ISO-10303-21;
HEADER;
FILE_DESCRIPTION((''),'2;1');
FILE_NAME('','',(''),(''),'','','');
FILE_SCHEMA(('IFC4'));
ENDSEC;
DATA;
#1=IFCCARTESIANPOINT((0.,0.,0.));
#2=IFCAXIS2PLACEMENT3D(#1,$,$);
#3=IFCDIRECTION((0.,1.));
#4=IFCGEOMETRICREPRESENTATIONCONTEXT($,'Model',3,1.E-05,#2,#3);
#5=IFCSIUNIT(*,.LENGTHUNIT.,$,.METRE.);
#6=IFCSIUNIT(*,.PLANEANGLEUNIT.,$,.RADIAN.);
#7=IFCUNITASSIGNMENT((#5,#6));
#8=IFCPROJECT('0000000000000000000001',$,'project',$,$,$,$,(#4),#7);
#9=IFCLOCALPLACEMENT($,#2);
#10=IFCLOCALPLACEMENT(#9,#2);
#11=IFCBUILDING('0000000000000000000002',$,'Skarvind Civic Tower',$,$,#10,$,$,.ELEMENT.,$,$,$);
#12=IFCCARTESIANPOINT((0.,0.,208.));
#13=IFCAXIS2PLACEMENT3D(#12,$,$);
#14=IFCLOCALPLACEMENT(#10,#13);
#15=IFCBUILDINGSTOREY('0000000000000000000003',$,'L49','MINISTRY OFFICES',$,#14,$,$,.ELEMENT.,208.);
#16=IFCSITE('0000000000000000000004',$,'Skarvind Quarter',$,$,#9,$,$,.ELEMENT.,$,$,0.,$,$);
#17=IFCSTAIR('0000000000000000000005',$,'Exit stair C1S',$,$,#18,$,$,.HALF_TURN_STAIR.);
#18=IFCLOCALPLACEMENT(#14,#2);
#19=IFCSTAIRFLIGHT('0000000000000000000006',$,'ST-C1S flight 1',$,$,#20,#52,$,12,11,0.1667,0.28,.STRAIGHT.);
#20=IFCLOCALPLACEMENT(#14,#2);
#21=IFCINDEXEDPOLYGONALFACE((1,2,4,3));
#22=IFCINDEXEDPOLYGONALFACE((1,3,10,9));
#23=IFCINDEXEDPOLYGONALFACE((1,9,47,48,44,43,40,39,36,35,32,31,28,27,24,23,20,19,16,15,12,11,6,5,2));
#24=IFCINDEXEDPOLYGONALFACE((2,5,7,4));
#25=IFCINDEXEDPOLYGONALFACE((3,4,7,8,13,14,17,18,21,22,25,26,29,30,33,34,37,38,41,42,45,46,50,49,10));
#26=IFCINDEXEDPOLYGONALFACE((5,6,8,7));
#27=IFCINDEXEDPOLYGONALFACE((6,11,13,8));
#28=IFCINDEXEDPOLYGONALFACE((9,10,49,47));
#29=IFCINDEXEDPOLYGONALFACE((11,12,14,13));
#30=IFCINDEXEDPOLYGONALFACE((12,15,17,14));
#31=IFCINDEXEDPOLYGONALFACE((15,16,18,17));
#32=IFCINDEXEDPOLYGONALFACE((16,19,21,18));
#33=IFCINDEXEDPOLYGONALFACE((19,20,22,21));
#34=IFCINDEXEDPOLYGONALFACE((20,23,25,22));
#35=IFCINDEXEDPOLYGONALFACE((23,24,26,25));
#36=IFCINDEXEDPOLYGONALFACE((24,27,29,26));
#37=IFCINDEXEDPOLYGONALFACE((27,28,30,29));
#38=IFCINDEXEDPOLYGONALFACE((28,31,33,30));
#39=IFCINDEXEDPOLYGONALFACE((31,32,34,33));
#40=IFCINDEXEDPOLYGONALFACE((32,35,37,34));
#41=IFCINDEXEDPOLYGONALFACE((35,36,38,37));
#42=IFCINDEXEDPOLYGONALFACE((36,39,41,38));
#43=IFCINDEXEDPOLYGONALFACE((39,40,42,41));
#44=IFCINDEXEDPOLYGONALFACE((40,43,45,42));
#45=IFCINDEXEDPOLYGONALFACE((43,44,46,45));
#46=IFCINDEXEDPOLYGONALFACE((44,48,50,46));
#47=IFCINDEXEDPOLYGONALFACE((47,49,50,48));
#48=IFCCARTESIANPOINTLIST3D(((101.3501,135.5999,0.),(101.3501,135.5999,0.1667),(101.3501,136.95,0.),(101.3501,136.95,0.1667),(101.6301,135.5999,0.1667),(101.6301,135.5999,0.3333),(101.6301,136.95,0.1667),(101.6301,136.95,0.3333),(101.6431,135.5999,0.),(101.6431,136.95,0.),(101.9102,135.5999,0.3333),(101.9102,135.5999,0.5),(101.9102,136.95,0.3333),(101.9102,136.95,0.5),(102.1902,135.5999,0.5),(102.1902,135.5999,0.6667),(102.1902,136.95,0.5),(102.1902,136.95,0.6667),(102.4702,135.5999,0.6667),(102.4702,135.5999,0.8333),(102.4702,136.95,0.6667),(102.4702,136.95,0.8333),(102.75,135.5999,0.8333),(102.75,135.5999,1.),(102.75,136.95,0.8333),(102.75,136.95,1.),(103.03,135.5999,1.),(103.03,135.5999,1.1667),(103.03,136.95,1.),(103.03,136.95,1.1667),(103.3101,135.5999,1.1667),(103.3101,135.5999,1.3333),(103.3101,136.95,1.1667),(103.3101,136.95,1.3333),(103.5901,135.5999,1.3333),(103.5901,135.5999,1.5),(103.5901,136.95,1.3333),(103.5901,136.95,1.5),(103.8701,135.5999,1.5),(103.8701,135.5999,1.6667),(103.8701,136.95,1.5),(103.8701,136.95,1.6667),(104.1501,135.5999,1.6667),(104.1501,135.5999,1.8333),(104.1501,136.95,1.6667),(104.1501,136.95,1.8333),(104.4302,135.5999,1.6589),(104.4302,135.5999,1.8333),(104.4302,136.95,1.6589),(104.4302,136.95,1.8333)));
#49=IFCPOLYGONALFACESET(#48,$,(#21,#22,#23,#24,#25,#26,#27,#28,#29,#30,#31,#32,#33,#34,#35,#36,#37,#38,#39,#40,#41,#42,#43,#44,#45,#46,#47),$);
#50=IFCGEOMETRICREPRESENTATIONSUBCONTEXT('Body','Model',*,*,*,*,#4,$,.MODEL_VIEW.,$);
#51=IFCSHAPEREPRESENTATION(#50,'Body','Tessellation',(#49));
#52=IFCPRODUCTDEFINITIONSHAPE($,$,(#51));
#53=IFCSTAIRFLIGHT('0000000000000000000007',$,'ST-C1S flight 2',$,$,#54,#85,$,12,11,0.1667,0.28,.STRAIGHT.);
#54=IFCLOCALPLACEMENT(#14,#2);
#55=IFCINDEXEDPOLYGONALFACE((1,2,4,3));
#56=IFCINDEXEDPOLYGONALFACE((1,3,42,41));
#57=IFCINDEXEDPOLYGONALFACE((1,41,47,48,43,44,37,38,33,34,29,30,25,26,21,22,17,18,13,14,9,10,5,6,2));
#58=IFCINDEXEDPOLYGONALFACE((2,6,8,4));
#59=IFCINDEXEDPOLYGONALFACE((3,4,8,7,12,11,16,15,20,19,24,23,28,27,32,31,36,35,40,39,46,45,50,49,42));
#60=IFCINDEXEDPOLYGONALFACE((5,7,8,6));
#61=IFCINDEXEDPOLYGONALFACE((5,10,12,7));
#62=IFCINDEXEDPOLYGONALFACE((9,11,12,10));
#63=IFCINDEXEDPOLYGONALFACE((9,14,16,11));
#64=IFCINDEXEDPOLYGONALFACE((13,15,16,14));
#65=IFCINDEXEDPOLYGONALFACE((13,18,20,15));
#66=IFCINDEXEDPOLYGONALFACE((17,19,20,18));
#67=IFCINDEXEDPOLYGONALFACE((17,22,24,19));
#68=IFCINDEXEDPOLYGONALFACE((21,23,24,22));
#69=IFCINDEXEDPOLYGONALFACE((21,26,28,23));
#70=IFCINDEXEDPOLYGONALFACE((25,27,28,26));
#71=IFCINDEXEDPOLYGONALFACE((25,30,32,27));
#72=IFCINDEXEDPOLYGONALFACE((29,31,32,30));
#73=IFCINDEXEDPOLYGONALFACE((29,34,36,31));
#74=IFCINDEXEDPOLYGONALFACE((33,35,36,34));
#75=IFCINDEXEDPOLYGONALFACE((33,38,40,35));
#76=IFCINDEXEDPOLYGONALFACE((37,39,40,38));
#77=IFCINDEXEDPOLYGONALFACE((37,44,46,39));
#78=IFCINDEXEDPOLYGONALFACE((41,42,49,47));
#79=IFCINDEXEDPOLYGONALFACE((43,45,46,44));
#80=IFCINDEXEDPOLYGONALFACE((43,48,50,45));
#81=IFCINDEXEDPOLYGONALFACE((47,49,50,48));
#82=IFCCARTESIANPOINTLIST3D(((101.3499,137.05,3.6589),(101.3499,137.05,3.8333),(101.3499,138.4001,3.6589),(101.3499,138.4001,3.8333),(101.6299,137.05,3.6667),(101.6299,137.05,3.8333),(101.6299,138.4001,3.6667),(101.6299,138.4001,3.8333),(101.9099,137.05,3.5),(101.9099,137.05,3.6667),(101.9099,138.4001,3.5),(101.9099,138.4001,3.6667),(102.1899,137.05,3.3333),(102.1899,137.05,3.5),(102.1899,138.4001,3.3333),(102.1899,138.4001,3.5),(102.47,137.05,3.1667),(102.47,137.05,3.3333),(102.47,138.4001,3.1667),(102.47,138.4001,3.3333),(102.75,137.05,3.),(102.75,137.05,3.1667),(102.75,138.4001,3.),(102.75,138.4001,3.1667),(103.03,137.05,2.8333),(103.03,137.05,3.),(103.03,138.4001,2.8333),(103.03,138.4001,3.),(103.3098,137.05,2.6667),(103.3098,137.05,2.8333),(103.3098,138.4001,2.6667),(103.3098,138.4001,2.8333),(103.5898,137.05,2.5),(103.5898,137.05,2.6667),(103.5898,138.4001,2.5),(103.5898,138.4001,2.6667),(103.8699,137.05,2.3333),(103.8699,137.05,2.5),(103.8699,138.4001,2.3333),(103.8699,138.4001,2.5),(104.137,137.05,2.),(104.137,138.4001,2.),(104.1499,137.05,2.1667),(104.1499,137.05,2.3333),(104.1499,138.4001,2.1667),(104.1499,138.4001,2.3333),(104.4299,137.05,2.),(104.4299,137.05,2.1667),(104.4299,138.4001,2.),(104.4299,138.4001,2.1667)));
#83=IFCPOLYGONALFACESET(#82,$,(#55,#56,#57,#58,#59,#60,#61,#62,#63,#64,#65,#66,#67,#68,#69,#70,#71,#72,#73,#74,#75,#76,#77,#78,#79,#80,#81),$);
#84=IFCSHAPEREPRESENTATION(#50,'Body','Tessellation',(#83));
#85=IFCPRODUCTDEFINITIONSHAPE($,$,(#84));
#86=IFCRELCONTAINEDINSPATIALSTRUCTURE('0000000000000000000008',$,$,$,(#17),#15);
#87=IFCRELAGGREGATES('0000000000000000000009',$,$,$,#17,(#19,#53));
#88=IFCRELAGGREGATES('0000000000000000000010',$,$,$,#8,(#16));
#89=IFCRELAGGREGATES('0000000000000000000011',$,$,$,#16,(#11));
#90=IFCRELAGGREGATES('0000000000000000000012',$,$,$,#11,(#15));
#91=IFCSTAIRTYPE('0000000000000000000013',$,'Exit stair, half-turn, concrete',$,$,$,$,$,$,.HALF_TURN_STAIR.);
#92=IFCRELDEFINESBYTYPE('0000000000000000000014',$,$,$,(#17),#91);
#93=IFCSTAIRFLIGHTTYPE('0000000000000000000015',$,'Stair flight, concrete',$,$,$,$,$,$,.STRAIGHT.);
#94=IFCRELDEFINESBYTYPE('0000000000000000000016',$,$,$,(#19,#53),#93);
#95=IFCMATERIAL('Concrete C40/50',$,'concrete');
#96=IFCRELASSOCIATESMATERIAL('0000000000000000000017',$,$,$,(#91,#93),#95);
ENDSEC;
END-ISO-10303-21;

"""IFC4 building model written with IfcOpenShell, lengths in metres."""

from ifc_helpers import new_model, si_unit, direction, frame, origin, place, context, subcontext, project, spatial, polyline, outline, extrude, material, type_object, element, aggregate, save


model = new_model("IFC4")

# Units and contexts
model_context = context("Model", 3, precision=1e-05, world=origin(), true_north=direction((0.0, 1.0)))
body_context = subcontext(model_context, "Body", "Model", "MODEL_VIEW")
ifc_project = project(units=[si_unit("LENGTHUNIT", "METRE"), si_unit("PLANEANGLEUNIT", "RADIAN")], contexts=[model_context])

# Site, building, storey
site_placement = place(None, origin())
site = spatial("IfcSite", under=ifc_project, at=site_placement, Name="Skarvind Quarter", CompositionType="ELEMENT", RefElevation=0.0)
building_placement = place(site_placement, origin())
building = spatial("IfcBuilding", under=site, at=building_placement, Name="Skarvind Civic Tower", CompositionType="ELEMENT")
storey_placement = place(building_placement, frame((0.0, 0.0, 208.0)))
storey = spatial("IfcBuildingStorey", under=building, at=storey_placement, Name="L49", Description="MINISTRY OFFICES", CompositionType="ELEMENT", Elevation=208.0)

# Stair, stair flights
ifc_material_1 = material(Name="Concrete C40/50", Category="concrete")
stair_type = type_object("IfcStairType", Name="Exit stair, half-turn, concrete", PredefinedType="HALF_TURN_STAIR", material=ifc_material_1)
stair_placement = place(storey_placement, origin())
stair = element("IfcStair", 1, at=stair_placement, inside=storey, type_object=stair_type, Name="Exit stair C1S", PredefinedType="HALF_TURN_STAIR")
stair_flight_type = type_object("IfcStairFlightType", Name="Stair flight, concrete", PredefinedType="STRAIGHT", material=ifc_material_1)
stair_flight_1_placement = place(storey_placement, frame((101.3501, 136.2749, 0.0), z_axis=(0.0, 0.0, 1.0), x_axis=(1.0, 0.0, 0.0)))
stair_flight_1 = element("IfcStairFlight", 2, at=stair_flight_1_placement, type_object=stair_flight_type, Name="ST-C1S flight 1", NumberOfRisers=12, NumberOfTreads=11, PredefinedType="STRAIGHT", RiserHeight=0.1667, TreadLength=0.28, context=body_context, shape_type="SweptSolid", body=[
    extrude(outline(polyline([(0.0, 0.0), (0.0, 0.1667), (0.28, 0.1667), (0.28, 0.3333), (0.5601, 0.3333), (0.5601, 0.5), (0.8401, 0.5), (0.8401, 0.6667), (1.1201, 0.6667), (1.1201, 0.8333), (1.3999, 0.8333), (1.3999, 1.0), (1.6799, 1.0), (1.6799, 1.1667), (1.96, 1.1667), (1.96, 1.3333), (2.24, 1.3333), (2.24, 1.5), (2.52, 1.5), (2.52, 1.6667), (2.8, 1.6667), (2.8, 1.8333), (3.0801, 1.8333), (3.0801, 2.0), (3.0801, 1.6589), (0.293, 0.0), (0.0, 0.0)])), frame((0.0, 0.675, 0.0), z_axis=(0.0, -1.0, 0.0), x_axis=(1.0, 0.0, 0.0)), (0.0, 0.0, 1.0), 1.3501),
])
stair_flight_2_placement = place(storey_placement, frame((104.4299, 137.7251, 2.0), z_axis=(0.0, 0.0, 1.0), x_axis=(-1.0, 0.0, 0.0)))
stair_flight_2 = element("IfcStairFlight", 3, at=stair_flight_2_placement, type_object=stair_flight_type, Name="ST-C1S flight 2", NumberOfRisers=12, NumberOfTreads=11, PredefinedType="STRAIGHT", RiserHeight=0.1667, TreadLength=0.28, context=body_context, shape_type="SweptSolid", body=[
    extrude(outline(polyline([(0.0, 0.0), (0.0, 0.1667), (0.28, 0.1667), (0.28, 0.3333), (0.5601, 0.3333), (0.5601, 0.5), (0.8401, 0.5), (0.8401, 0.6667), (1.1201, 0.6667), (1.1201, 0.8333), (1.3999, 0.8333), (1.3999, 1.0), (1.6799, 1.0), (1.6799, 1.1667), (1.96, 1.1667), (1.96, 1.3333), (2.24, 1.3333), (2.24, 1.5), (2.52, 1.5), (2.52, 1.6667), (2.8, 1.6667), (2.8, 1.8333), (3.0801, 1.8333), (3.0801, 2.0), (3.0801, 1.6589), (0.293, 0.0), (0.0, 0.0)])), frame((0.0, 0.675, 0.0), z_axis=(0.0, -1.0, 0.0), x_axis=(1.0, 0.0, 0.0)), (0.0, 0.0, 1.0), 1.3501),
])
aggregate(stair, [stair_flight_1, stair_flight_2])

save(model, "model.ifc")
